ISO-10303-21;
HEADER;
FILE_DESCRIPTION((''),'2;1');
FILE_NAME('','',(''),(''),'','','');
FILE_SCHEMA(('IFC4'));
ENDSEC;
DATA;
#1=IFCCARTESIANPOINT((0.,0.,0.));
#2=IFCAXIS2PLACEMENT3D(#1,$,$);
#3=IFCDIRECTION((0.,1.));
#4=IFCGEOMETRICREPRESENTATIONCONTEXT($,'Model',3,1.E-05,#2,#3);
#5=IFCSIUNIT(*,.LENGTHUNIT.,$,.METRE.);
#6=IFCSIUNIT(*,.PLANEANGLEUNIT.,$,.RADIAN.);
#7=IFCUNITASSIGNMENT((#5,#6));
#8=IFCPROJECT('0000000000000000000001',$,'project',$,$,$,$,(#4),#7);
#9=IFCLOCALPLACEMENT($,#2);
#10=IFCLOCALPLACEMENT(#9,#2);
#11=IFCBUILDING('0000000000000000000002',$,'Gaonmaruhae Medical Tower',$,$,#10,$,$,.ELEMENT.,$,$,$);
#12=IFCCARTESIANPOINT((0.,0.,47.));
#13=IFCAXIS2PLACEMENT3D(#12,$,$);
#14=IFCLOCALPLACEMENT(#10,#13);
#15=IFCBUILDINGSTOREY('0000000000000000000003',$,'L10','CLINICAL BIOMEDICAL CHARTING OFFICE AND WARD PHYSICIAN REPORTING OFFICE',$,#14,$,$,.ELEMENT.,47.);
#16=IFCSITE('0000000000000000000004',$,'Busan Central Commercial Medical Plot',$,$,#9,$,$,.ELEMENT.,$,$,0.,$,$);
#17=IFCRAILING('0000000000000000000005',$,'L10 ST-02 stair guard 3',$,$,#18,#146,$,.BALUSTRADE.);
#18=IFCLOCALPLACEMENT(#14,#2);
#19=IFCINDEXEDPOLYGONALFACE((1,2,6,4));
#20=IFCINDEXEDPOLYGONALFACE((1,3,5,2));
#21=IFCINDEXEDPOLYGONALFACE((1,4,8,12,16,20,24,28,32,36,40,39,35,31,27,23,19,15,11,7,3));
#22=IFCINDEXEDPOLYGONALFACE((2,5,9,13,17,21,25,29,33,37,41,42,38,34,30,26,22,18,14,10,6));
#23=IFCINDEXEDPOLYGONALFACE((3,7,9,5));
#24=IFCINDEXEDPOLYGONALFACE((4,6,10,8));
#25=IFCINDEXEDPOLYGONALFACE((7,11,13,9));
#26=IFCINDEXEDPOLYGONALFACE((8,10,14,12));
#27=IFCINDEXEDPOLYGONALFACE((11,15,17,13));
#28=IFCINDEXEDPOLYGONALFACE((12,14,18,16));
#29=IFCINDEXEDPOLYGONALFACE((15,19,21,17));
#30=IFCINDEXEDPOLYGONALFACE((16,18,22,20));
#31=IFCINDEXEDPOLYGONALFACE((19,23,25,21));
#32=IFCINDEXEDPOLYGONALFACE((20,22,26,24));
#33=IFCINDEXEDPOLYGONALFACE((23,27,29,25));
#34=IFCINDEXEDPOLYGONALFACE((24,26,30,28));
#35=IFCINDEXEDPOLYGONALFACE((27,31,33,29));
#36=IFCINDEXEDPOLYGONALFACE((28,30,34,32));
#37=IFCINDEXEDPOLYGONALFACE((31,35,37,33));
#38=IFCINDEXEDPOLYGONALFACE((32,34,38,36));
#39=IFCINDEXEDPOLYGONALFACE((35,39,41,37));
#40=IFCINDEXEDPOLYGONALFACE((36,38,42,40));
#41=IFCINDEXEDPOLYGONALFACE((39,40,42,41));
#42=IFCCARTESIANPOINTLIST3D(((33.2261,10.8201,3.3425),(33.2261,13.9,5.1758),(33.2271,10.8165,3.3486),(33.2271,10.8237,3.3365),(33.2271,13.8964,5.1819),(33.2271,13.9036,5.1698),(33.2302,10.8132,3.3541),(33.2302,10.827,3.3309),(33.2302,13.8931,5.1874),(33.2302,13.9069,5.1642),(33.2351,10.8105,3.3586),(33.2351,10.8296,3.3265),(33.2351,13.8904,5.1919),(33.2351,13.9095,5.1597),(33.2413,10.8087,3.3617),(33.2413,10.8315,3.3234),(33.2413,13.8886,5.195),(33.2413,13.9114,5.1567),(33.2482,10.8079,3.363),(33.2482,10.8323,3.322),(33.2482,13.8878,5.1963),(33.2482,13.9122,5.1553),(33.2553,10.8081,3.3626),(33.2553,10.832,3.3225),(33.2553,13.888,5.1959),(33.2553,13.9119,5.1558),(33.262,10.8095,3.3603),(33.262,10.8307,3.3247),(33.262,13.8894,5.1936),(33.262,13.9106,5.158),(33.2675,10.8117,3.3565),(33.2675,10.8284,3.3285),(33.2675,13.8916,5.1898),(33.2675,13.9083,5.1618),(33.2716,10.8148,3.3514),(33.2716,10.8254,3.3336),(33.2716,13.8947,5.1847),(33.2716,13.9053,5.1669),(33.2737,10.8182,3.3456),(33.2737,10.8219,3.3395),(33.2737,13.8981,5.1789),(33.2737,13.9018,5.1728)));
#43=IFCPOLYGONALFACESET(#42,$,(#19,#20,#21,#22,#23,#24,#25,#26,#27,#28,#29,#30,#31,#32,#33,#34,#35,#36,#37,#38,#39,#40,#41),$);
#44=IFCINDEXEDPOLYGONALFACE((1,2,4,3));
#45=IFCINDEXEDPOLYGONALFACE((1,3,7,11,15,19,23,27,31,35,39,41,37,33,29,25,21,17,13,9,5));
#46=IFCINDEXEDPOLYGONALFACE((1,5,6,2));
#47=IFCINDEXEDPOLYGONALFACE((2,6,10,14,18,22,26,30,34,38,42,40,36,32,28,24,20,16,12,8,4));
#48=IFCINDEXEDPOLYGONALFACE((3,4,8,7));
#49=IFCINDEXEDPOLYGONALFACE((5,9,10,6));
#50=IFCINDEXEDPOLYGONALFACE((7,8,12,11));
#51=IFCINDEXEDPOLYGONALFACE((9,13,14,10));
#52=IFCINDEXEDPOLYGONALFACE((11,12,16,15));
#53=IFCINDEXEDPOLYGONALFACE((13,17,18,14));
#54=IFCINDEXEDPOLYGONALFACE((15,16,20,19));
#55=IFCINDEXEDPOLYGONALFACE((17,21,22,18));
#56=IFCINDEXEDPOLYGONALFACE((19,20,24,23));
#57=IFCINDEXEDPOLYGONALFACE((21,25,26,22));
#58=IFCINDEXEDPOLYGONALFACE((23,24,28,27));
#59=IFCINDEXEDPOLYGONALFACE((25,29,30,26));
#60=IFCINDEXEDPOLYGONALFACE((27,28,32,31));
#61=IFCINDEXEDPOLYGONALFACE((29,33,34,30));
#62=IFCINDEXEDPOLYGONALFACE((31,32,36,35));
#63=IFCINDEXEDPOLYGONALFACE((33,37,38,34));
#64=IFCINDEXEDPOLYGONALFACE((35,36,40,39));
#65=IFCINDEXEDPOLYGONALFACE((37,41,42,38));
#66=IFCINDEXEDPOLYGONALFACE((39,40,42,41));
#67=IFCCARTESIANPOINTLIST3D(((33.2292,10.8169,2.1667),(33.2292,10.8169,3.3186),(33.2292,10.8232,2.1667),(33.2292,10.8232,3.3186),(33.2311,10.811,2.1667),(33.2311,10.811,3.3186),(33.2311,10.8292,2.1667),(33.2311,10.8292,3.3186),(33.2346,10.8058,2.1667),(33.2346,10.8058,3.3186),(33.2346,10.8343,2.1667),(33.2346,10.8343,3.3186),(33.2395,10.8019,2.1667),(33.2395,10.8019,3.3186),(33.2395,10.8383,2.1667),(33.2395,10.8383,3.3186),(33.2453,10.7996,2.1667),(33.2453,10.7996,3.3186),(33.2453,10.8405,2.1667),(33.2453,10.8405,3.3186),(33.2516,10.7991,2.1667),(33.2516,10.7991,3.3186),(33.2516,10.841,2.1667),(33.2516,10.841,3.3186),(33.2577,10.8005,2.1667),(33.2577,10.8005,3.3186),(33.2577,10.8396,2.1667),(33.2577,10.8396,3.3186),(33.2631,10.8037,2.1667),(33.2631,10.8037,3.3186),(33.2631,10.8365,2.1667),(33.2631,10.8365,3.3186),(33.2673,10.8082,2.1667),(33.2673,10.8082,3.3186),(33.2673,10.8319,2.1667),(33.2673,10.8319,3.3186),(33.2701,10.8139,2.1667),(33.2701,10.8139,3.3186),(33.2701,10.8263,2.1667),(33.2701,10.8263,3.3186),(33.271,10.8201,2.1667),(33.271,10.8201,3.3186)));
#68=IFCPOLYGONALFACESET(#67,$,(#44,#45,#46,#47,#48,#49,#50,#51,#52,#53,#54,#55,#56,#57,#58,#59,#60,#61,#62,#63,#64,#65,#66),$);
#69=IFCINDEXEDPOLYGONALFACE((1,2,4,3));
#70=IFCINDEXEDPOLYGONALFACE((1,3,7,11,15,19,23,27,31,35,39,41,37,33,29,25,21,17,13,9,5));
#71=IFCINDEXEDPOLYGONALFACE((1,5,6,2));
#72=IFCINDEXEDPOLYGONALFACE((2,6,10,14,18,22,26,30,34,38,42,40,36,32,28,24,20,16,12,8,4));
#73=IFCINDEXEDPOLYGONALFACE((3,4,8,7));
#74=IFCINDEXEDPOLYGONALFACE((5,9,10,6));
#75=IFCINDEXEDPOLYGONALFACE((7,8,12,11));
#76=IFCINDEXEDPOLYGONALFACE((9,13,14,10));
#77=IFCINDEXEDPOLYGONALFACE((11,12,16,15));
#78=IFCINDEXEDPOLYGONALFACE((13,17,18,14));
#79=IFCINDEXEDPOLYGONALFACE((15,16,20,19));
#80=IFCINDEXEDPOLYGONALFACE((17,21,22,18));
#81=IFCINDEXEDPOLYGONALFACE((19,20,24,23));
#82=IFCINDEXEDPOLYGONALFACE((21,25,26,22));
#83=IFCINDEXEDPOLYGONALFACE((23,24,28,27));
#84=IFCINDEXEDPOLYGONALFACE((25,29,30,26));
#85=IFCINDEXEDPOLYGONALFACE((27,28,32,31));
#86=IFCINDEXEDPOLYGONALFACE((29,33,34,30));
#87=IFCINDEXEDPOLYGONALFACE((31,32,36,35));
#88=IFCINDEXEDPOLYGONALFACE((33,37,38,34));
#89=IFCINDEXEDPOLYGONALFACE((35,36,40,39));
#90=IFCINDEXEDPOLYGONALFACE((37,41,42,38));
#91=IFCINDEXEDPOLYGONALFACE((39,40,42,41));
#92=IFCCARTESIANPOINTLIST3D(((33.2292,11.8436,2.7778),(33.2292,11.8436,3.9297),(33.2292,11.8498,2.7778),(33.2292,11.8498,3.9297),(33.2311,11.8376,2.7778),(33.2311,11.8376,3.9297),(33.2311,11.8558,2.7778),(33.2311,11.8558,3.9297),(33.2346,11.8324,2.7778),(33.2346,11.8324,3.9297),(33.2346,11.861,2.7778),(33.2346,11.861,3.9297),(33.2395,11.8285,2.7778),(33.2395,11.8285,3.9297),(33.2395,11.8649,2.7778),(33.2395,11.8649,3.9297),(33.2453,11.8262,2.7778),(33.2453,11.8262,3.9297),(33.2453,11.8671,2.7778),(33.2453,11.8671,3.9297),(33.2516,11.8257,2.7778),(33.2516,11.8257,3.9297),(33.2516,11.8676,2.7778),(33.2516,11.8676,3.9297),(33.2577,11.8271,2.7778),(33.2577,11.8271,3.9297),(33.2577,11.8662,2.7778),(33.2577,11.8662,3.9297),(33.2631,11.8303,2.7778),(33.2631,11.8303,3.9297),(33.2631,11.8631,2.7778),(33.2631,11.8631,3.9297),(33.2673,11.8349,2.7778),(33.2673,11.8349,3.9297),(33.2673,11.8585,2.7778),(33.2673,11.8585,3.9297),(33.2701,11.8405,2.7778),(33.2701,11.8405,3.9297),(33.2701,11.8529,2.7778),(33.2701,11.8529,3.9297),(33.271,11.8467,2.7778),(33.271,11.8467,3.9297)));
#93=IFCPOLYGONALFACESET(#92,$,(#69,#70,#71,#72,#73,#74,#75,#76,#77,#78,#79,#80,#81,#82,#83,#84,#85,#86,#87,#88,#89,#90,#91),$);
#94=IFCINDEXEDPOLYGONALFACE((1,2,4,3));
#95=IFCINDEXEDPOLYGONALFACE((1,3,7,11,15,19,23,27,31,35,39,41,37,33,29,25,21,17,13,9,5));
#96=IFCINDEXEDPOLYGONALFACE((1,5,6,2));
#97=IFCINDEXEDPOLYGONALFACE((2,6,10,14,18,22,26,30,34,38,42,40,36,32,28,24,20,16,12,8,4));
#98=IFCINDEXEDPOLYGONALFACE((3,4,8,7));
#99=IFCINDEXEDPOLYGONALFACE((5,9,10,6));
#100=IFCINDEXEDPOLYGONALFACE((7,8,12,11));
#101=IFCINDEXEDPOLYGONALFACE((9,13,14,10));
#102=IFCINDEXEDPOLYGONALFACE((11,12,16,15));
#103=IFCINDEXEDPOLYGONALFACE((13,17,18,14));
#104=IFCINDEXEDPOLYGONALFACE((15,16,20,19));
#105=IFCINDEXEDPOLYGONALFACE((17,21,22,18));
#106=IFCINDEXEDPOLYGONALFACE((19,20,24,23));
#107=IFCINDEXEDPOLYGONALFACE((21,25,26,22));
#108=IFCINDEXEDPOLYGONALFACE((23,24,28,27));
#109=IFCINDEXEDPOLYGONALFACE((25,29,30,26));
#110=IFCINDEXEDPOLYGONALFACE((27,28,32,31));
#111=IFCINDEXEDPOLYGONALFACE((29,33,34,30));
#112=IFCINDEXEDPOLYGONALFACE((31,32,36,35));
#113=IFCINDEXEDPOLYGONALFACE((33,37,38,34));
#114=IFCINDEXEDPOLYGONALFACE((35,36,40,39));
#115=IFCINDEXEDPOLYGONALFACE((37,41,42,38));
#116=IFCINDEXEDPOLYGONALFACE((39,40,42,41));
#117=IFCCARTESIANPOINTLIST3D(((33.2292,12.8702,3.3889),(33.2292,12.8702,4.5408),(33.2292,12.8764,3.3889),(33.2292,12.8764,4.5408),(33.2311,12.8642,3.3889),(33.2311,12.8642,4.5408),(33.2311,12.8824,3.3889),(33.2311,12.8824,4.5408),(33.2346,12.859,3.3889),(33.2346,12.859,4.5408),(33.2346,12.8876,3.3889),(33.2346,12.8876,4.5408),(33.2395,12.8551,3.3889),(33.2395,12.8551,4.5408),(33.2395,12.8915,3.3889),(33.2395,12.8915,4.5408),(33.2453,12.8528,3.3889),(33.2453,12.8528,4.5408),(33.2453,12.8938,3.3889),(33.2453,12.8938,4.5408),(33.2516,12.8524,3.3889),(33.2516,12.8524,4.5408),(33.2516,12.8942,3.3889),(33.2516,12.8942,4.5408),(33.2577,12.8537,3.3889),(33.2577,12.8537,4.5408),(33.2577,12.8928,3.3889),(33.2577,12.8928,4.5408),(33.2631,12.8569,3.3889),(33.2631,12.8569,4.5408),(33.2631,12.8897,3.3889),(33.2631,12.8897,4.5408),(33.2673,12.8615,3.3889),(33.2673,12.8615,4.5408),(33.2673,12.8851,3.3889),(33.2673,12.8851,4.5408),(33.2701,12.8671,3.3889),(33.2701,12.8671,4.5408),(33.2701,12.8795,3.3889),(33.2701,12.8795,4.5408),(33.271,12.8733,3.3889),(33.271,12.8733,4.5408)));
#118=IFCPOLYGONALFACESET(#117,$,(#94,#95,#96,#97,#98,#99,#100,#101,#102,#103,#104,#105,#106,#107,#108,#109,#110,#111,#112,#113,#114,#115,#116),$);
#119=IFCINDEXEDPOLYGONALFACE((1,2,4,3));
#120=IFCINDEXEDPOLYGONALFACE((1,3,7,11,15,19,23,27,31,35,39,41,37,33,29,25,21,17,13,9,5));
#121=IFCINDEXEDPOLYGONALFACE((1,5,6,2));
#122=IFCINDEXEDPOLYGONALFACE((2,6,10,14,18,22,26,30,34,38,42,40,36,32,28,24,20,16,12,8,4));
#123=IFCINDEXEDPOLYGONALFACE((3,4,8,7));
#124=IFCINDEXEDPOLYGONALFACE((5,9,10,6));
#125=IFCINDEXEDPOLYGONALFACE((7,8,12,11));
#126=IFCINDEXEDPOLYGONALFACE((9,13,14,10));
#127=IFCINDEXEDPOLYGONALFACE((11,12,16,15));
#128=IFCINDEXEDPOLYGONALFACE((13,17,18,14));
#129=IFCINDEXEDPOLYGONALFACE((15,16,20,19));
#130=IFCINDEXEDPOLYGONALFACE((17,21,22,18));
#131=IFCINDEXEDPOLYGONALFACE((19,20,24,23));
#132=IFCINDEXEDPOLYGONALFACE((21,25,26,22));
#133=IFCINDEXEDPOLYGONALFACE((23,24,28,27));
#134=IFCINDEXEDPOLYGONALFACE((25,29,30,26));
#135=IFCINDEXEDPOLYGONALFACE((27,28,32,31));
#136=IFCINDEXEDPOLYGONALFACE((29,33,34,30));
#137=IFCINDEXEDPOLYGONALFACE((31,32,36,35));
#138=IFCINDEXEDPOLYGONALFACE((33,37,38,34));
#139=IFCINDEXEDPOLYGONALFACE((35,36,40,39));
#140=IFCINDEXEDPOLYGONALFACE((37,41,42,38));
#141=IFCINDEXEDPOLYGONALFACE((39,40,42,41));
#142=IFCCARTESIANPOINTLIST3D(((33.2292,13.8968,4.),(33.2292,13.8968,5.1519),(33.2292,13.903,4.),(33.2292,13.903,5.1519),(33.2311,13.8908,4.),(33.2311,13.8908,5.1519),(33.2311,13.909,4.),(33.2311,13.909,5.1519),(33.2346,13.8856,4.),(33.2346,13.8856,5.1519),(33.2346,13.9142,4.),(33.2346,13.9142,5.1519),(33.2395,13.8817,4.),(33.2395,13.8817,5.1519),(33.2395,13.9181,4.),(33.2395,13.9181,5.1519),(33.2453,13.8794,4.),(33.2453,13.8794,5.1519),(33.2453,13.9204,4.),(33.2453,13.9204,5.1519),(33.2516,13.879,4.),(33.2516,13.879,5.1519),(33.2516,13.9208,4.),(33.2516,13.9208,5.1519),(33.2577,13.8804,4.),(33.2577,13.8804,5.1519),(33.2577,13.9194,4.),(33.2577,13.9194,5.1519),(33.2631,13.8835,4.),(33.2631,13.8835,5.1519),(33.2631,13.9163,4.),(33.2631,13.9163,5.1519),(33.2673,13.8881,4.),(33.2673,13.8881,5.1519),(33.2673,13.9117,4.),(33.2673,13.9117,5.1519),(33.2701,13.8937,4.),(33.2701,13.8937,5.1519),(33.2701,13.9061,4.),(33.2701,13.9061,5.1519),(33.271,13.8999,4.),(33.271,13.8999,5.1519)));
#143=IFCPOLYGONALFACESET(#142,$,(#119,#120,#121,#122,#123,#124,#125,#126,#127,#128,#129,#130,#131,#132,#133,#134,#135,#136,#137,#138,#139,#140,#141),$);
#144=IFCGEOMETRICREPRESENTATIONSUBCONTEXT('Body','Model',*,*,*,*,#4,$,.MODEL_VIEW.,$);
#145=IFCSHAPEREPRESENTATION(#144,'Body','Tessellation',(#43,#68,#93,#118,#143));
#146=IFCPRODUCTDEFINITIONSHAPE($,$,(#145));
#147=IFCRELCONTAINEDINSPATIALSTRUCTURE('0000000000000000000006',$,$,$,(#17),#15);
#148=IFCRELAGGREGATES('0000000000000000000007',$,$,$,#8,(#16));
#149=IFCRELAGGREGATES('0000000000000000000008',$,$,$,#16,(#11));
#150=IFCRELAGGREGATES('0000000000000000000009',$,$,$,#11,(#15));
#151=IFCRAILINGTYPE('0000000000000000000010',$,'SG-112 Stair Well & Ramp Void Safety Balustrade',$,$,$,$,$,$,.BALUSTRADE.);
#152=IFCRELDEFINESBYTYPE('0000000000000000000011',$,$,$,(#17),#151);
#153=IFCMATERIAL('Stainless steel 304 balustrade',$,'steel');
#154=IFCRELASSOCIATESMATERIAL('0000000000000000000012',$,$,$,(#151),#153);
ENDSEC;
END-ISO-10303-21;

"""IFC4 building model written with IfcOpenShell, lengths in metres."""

from ifc_helpers import new_model, si_unit, direction, frame, origin, origin_2d, place, context, subcontext, project, spatial, circle, extrude, material, type_object, element, save


model = new_model("IFC4")

# Units and contexts
model_context = context("Model", 3, precision=1e-05, world=origin(), true_north=direction((0.0, 1.0)))
body_context = subcontext(model_context, "Body", "Model", "MODEL_VIEW")
ifc_project = project(units=[si_unit("LENGTHUNIT", "METRE"), si_unit("PLANEANGLEUNIT", "RADIAN")], contexts=[model_context])

# Site, building, storey
site_placement = place(None, origin())
site = spatial("IfcSite", under=ifc_project, at=site_placement, Name="Busan Central Commercial Medical Plot", CompositionType="ELEMENT", RefElevation=0.0)
building_placement = place(site_placement, origin())
building = spatial("IfcBuilding", under=site, at=building_placement, Name="Gaonmaruhae Medical Tower", CompositionType="ELEMENT")
storey_placement = place(building_placement, frame((0.0, 0.0, 47.0)))
storey = spatial("IfcBuildingStorey", under=building, at=storey_placement, Name="L10", Description="CLINICAL BIOMEDICAL CHARTING OFFICE AND WARD PHYSICIAN REPORTING OFFICE", CompositionType="ELEMENT", Elevation=47.0)

# Railing
ifc_material_1 = material(Name="Stainless steel 304 balustrade", Category="steel")
railing_type_1 = type_object("IfcRailingType", Name="SG-112 Stair Well & Ramp Void Safety Balustrade", PredefinedType="BALUSTRADE", material=ifc_material_1)
railing_1_placement = place(storey_placement, frame((33.25, 10.8201, 2.1667)))
element("IfcRailing", 1, at=railing_1_placement, inside=storey, type_object=railing_type_1, Name="L10 ST-02 stair guard 3", PredefinedType="BALUSTRADE", context=body_context, shape_type="SweptSolid", body=[
    extrude(circle(Radius=0.0239, at=origin_2d()), frame((0.0, 0.0, 1.1758), z_axis=(0.0, 0.859291, 0.511487), x_axis=(-1.0, 0.0, 0.0)), (0.0, 0.0, 1.0), 3.5842),
    extrude(circle(Radius=0.021, at=origin_2d()), origin(), (0.0, 0.0, 1.0), 1.1519),
    extrude(circle(Radius=0.021, at=origin_2d()), frame((0.0, 1.0266, 0.6111)), (0.0, 0.0, 1.0), 1.1519),
    extrude(circle(Radius=0.021, at=origin_2d()), frame((0.0, 2.0532, 1.2222)), (0.0, 0.0, 1.0), 1.1519),
    extrude(circle(Radius=0.021, at=origin_2d()), frame((0.0, 3.0798, 1.8333)), (0.0, 0.0, 1.0), 1.1519),
])

save(model, "model.ifc")
